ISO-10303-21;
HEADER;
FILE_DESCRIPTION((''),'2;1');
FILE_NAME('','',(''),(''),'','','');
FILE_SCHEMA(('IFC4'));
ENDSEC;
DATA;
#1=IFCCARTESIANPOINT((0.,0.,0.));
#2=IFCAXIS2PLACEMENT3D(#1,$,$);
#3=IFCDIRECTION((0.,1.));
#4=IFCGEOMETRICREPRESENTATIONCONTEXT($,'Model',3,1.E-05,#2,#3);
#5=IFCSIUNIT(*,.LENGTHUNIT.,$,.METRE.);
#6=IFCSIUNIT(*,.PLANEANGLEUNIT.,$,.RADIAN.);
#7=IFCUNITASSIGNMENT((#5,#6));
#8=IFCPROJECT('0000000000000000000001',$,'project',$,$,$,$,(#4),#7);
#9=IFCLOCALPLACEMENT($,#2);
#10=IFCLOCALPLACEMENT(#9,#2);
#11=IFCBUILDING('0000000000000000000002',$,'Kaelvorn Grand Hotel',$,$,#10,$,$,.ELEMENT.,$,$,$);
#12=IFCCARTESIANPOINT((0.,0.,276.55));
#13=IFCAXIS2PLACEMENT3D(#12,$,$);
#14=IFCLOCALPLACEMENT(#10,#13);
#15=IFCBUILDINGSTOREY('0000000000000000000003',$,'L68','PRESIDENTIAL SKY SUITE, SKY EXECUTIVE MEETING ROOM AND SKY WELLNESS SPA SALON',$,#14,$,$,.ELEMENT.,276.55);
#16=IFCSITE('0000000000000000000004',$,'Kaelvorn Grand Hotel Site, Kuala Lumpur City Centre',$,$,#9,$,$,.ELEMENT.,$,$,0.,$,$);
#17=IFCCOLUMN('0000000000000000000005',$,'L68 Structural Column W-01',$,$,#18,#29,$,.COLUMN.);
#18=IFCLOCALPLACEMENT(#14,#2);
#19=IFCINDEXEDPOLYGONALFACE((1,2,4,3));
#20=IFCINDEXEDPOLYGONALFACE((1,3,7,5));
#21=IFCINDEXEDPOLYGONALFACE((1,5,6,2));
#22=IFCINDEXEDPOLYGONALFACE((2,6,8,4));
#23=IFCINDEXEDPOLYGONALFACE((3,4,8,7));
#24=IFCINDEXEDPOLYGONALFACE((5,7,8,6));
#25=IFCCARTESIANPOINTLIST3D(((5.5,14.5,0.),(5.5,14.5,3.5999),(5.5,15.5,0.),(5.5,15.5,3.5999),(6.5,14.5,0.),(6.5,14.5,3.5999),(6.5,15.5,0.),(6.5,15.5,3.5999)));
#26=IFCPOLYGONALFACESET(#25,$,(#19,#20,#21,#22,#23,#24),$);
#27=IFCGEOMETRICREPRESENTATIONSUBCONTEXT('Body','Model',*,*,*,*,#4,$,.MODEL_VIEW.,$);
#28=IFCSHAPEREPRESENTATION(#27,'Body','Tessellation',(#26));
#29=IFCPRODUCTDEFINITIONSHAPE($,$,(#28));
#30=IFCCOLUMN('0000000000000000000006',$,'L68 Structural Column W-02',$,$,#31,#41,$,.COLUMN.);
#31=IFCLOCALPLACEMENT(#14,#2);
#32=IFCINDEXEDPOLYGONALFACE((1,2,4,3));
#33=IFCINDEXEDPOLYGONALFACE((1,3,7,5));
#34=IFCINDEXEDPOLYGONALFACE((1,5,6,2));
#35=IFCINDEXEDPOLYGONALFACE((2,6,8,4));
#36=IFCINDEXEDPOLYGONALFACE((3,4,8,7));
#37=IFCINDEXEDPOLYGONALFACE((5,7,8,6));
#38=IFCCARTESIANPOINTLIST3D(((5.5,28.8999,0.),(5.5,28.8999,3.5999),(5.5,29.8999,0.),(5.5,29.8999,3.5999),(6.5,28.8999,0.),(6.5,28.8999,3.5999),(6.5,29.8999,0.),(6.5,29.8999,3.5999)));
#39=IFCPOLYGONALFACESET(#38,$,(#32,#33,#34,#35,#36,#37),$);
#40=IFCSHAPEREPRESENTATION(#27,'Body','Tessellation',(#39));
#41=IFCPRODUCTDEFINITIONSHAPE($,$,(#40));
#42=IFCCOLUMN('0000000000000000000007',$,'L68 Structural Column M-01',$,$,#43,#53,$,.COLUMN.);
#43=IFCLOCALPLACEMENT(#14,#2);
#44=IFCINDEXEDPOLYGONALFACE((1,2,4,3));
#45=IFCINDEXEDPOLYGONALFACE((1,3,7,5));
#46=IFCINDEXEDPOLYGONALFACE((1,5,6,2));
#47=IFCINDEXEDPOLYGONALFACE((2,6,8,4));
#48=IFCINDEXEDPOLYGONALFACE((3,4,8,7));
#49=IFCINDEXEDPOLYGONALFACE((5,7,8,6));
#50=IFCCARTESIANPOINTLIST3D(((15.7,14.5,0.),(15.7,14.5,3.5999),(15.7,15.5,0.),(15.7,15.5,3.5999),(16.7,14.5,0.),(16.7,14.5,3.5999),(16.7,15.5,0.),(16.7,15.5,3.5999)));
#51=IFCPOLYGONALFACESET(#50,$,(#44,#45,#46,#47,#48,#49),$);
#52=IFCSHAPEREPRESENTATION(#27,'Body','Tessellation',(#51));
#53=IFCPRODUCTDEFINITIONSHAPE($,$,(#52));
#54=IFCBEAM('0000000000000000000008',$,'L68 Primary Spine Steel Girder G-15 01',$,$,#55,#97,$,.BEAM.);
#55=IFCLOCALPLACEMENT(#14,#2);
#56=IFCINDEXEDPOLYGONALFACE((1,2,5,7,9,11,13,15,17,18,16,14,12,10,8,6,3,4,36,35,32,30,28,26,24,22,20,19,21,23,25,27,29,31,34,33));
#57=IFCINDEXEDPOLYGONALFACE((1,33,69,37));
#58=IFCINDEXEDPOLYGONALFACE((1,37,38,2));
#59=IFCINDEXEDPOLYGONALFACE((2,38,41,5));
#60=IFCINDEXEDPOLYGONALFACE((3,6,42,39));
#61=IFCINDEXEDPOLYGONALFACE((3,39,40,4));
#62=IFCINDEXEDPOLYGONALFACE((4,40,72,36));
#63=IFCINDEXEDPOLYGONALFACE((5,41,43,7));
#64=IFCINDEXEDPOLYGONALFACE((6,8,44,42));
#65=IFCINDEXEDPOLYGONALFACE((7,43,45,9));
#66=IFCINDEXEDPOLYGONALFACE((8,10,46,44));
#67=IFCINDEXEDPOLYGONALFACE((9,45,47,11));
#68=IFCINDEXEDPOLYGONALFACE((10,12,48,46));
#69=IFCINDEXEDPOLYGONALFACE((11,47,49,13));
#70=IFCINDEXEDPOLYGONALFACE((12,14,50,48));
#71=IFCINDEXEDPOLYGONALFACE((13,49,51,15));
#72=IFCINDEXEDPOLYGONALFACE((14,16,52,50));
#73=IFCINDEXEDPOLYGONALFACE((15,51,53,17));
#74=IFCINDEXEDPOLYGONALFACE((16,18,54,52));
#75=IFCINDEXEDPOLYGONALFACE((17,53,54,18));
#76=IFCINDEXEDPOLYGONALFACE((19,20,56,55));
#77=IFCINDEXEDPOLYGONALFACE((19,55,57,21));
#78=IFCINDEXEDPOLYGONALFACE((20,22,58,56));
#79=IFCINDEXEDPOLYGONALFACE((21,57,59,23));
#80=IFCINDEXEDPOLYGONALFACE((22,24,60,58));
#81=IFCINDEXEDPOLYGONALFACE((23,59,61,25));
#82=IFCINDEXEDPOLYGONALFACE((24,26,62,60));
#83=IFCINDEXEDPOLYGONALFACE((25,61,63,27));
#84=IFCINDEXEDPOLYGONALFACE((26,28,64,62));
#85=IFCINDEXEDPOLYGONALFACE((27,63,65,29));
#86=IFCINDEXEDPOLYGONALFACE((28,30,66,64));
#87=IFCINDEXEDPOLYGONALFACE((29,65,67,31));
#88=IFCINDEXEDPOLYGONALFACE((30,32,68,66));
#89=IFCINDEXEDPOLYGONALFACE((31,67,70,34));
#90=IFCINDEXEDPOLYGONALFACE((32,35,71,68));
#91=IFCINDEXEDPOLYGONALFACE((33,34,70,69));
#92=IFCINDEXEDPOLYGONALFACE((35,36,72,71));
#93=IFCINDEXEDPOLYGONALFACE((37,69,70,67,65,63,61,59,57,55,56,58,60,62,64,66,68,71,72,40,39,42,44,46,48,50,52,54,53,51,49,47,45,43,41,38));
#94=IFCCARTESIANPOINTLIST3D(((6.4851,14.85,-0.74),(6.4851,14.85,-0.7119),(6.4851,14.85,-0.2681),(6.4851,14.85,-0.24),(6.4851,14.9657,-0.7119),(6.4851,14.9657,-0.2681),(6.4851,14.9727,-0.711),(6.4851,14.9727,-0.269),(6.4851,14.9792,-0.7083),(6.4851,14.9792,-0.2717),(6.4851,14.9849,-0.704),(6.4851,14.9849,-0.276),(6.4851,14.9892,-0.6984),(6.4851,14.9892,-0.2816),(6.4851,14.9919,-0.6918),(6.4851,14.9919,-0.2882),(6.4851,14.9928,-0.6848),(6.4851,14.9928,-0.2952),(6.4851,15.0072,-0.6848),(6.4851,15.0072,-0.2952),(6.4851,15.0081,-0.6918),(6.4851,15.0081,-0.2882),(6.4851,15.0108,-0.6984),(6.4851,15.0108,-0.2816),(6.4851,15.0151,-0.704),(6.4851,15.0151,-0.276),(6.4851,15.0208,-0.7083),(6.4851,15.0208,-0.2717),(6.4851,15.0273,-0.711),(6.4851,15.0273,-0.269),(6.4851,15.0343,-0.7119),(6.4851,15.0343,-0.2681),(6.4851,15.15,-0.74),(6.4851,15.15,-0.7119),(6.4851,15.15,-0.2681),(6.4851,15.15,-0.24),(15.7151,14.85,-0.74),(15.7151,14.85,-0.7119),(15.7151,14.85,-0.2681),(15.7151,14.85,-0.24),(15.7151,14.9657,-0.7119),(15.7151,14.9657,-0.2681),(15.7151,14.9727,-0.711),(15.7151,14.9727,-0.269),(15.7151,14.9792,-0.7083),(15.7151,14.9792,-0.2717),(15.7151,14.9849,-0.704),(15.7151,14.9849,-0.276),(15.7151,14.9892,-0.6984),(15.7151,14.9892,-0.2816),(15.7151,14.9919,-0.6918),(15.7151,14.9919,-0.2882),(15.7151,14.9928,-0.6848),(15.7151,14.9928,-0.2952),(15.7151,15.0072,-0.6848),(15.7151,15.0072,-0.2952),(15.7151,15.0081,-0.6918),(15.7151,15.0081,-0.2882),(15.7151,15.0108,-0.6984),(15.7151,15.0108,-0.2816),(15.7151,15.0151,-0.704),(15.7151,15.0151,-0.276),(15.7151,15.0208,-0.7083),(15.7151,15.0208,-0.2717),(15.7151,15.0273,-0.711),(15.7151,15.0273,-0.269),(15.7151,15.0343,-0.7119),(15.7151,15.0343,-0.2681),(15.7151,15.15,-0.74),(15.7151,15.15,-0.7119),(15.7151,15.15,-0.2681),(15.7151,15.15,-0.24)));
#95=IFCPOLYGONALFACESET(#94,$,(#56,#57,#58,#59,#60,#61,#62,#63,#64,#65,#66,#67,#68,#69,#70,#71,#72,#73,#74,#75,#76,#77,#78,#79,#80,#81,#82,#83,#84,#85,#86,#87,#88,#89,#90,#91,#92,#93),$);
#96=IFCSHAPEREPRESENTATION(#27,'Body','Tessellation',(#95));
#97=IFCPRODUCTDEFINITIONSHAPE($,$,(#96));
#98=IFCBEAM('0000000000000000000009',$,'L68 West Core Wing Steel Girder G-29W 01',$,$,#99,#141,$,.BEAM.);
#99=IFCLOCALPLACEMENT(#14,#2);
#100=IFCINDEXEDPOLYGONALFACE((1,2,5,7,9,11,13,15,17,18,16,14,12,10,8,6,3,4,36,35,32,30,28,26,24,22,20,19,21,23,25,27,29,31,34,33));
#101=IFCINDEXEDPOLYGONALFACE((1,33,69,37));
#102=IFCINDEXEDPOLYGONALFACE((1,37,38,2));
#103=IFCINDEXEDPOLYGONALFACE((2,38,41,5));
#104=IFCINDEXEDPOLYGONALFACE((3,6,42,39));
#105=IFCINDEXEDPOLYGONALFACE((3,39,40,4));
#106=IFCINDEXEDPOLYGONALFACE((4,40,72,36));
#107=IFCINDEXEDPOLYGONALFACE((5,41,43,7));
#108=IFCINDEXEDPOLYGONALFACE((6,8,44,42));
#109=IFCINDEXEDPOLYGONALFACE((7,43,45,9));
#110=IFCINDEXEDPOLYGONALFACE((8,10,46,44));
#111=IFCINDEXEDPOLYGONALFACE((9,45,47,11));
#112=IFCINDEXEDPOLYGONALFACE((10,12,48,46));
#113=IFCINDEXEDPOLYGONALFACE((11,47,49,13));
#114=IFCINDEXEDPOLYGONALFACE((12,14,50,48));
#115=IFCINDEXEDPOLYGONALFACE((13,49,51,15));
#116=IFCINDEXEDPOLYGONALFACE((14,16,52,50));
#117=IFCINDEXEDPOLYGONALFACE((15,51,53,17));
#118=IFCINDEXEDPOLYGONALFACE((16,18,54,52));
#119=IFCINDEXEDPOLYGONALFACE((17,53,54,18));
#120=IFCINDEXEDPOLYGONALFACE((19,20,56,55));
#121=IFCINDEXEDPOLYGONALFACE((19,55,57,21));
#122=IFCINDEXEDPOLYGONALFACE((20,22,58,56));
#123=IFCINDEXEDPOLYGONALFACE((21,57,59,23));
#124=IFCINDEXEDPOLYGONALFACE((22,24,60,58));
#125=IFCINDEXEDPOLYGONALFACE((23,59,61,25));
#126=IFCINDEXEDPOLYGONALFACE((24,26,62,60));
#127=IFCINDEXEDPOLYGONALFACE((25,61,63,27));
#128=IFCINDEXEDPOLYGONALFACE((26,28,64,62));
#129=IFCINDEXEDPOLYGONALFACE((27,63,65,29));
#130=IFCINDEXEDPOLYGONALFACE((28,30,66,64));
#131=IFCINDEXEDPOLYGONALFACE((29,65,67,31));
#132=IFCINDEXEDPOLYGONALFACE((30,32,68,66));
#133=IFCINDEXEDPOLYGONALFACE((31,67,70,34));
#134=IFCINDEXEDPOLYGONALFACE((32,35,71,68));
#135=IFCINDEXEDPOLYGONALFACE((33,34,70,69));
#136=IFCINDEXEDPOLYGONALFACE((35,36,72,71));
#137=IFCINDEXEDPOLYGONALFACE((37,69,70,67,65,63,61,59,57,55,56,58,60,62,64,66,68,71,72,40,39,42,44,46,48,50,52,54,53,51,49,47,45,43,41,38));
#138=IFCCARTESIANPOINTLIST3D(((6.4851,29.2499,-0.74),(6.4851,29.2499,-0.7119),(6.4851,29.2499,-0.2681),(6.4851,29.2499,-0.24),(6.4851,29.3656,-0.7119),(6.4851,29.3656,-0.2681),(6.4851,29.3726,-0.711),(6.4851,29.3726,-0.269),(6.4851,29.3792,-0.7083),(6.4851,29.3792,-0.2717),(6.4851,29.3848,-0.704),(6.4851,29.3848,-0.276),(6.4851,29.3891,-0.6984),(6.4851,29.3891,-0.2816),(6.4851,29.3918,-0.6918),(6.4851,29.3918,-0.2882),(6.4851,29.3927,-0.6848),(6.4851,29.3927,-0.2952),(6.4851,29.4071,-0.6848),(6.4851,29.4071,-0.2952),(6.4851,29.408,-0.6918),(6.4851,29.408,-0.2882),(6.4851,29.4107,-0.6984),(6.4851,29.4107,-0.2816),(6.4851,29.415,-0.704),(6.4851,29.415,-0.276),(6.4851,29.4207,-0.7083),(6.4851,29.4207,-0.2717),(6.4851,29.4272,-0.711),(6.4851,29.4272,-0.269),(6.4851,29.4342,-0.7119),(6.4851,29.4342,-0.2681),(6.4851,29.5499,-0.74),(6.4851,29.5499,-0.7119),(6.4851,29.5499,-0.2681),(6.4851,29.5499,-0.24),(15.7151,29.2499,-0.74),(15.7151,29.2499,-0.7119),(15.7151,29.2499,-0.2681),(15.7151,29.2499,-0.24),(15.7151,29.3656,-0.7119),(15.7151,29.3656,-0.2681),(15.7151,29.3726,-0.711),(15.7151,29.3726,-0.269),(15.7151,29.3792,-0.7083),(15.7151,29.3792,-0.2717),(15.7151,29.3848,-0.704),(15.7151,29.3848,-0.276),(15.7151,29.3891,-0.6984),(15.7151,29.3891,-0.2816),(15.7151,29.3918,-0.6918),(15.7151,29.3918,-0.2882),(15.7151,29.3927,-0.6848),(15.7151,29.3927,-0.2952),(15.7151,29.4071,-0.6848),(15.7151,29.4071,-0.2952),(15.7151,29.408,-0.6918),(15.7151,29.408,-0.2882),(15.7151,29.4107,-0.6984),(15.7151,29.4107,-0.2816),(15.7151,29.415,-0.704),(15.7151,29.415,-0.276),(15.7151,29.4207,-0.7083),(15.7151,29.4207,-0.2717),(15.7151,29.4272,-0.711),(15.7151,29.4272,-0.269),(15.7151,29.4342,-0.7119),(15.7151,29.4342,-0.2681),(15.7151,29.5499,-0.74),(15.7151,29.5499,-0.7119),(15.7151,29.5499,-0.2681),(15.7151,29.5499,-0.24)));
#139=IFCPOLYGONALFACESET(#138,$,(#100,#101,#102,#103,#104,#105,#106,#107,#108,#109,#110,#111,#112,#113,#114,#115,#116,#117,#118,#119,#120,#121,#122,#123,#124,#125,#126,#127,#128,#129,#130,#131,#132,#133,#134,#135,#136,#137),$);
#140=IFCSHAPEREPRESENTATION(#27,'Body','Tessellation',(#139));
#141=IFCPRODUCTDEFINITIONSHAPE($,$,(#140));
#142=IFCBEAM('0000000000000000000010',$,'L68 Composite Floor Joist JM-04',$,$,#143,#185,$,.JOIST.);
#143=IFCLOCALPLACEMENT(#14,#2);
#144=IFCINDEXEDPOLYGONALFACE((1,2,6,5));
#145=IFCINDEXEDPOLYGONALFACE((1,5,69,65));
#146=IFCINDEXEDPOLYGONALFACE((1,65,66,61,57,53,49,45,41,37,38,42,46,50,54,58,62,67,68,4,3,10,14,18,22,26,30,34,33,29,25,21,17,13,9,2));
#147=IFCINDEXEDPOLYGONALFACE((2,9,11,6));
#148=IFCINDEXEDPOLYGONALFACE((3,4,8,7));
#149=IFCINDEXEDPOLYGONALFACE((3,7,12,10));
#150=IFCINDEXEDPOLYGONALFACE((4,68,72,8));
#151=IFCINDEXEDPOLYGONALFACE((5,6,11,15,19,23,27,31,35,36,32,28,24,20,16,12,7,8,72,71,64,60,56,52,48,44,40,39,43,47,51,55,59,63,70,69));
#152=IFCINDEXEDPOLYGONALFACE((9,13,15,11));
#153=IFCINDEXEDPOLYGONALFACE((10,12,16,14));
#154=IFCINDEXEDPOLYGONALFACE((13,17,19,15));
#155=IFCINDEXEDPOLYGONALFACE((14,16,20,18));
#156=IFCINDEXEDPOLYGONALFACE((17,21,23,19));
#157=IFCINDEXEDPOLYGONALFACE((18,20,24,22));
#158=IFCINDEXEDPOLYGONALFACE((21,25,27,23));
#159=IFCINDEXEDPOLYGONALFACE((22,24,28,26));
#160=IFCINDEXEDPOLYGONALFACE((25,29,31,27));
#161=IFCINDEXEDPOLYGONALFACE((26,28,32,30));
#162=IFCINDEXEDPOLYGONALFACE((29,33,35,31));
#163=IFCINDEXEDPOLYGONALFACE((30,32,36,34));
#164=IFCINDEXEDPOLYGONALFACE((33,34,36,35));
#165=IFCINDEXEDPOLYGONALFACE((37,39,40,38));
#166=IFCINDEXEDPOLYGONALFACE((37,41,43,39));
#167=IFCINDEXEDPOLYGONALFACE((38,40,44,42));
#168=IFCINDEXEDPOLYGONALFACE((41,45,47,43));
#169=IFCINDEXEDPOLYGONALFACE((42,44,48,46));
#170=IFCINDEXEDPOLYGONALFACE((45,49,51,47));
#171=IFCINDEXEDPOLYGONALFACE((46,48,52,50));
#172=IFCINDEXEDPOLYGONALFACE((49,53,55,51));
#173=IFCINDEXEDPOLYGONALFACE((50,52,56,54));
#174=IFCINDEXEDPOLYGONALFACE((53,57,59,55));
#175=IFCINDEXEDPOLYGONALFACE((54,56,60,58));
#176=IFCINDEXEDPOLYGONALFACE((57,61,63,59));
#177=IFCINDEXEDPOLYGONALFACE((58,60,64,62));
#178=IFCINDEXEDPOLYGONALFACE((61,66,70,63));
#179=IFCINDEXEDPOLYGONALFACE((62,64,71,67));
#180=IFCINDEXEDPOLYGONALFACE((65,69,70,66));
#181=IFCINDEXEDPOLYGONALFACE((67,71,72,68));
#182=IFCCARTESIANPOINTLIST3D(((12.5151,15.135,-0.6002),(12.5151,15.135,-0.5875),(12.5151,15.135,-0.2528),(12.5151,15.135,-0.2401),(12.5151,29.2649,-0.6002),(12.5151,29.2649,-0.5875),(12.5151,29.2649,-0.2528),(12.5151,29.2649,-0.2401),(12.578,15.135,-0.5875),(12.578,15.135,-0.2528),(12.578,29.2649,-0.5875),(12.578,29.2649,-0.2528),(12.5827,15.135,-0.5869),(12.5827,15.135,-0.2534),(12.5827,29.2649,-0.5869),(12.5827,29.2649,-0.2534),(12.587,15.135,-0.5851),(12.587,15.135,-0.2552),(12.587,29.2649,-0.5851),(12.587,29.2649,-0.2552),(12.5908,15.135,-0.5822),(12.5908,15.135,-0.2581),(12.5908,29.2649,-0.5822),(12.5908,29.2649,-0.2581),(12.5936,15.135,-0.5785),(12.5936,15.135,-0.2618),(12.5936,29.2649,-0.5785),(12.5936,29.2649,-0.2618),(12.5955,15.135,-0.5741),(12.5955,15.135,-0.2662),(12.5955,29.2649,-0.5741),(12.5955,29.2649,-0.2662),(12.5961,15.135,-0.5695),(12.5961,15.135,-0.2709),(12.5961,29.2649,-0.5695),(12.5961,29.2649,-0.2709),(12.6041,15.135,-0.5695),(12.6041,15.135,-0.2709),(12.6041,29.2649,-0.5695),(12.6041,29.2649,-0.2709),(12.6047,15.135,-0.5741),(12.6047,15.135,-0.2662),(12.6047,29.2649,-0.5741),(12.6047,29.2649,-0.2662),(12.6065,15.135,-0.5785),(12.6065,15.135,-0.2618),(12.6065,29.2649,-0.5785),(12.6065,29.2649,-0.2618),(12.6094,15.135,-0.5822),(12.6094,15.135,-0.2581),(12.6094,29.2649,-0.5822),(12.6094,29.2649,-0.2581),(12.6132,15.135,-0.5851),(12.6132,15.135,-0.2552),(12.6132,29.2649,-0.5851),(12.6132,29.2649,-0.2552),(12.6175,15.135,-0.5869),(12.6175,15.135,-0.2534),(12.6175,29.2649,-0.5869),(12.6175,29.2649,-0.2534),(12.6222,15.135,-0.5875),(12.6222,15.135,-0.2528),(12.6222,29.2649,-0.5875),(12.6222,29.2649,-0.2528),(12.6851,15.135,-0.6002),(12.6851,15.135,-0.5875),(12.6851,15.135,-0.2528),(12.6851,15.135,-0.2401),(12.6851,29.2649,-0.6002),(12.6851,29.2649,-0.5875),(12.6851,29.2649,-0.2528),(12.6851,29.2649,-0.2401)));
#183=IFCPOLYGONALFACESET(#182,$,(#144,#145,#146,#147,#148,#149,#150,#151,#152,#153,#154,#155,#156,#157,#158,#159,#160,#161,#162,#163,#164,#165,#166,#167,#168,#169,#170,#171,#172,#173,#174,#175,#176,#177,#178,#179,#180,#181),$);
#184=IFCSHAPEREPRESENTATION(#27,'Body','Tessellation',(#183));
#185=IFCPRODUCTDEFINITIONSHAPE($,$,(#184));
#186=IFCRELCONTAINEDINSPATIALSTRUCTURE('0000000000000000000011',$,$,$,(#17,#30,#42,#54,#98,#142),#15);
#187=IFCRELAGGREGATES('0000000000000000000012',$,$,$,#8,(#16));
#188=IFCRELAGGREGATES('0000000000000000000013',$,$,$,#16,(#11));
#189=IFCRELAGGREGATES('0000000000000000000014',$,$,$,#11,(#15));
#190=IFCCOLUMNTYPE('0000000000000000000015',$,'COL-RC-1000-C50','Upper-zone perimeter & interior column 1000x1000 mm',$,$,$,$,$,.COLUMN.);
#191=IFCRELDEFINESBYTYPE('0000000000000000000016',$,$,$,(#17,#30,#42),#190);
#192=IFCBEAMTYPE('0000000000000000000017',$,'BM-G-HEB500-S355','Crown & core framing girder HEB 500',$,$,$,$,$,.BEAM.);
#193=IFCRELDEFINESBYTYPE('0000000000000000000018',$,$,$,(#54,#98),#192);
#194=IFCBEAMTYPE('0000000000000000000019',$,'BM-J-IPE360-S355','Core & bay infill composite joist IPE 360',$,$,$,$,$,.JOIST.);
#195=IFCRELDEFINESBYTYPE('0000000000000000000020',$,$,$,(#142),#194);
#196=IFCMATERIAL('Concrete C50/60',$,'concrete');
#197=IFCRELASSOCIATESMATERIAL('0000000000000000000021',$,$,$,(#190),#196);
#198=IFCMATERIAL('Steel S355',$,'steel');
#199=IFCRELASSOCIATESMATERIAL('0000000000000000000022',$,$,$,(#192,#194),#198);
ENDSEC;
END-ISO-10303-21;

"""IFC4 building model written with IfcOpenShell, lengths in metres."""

from ifc_helpers import new_model, si_unit, direction, frame, origin, origin_2d, place, context, subcontext, project, spatial, rectangle, i_section, extrude, material, material_profile, profile_set, type_object, element, save


model = new_model("IFC4")

# Units and contexts
model_context = context("Model", 3, precision=1e-05, world=origin(), true_north=direction((0.0, 1.0)))
body_context = subcontext(model_context, "Body", "Model", "MODEL_VIEW")
ifc_project = project(units=[si_unit("LENGTHUNIT", "METRE"), si_unit("PLANEANGLEUNIT", "RADIAN")], contexts=[model_context])

# Site, building, storey
site_placement = place(None, origin())
site = spatial("IfcSite", under=ifc_project, at=site_placement, Name="Kaelvorn Grand Hotel Site, Kuala Lumpur City Centre", CompositionType="ELEMENT", RefElevation=0.0)
building_placement = place(site_placement, origin())
building = spatial("IfcBuilding", under=site, at=building_placement, Name="Kaelvorn Grand Hotel", CompositionType="ELEMENT")
storey_placement = place(building_placement, frame((0.0, 0.0, 276.55)))
storey = spatial("IfcBuildingStorey", under=building, at=storey_placement, Name="L68", Description="PRESIDENTIAL SKY SUITE, SKY EXECUTIVE MEETING ROOM AND SKY WELLNESS SPA SALON", CompositionType="ELEMENT", Elevation=276.55)

# Columns
ifc_material_1 = material(Name="Concrete C50/60", Category="concrete")
ifc_material_profile_1 = material_profile(ifc_material_1, rectangle(XDim=1.0, YDim=1.0, at=origin_2d()), Name="RC COL 1000x1000")
ifc_profile_set_1 = profile_set([ifc_material_profile_1], Name="Concrete C50/60")
column_type = type_object("IfcColumnType", Name="COL-RC-1000-C50", Description="Upper-zone perimeter & interior column 1000x1000 mm", PredefinedType="COLUMN", material=ifc_profile_set_1)
for number, where, z_axis, x_axis, name in (
    (1, (6.0, 15.0, 0.0), (0.0, 0.0, 1.0), (1.0, 0.0, 0.0), "L68 Structural Column W-01"),
    (2, (6.0, 29.3999, 0.0), (0.0, 0.0, 1.0), (1.0, 0.0, 0.0), "L68 Structural Column W-02"),
    (3, (16.2, 15.0, 0.0), (0.0, 0.0, 1.0), (1.0, 0.0, 0.0), "L68 Structural Column M-01"),
):
    element("IfcColumn", number, at=place(storey_placement, frame(where, z_axis=z_axis, x_axis=x_axis)), inside=storey, type_object=column_type, Name=name, PredefinedType="COLUMN", context=body_context, shape_type="SweptSolid", body=[
        extrude(rectangle(XDim=1.0, YDim=1.0, at=origin_2d()), origin(), (0.0, 0.0, 1.0), 3.5999),
    ])

# Beams
ifc_material_2 = material(Name="Steel S355", Category="steel")
ifc_material_profile_2 = material_profile(ifc_material_2, i_section(OverallWidth=0.3, OverallDepth=0.5, WebThickness=0.0144, FlangeThickness=0.0281, FilletRadius=0.0271, at=origin_2d()), Name="HEB 500")
ifc_profile_set_2 = profile_set([ifc_material_profile_2], Name="Steel S355")
beam_type_1 = type_object("IfcBeamType", Name="BM-G-HEB500-S355", Description="Crown & core framing girder HEB 500", PredefinedType="BEAM", material=ifc_profile_set_2)
for number, where, z_axis, x_axis, name in (
    (4, (6.4851, 15.0, -0.49), (1.0, 0.0, 0.0), (0.0, 1.0, 0.0), "L68 Primary Spine Steel Girder G-15 01"),
    (5, (6.4851, 29.3999, -0.49), (1.0, 0.0, 0.0), (0.0, 1.0, 0.0), "L68 West Core Wing Steel Girder G-29W 01"),
):
    element("IfcBeam", number, at=place(storey_placement, frame(where, z_axis=z_axis, x_axis=x_axis)), inside=storey, type_object=beam_type_1, Name=name, PredefinedType="BEAM", context=body_context, shape_type="SweptSolid", body=[
        extrude(i_section(OverallWidth=0.3, OverallDepth=0.5, WebThickness=0.0144, FlangeThickness=0.0281, FilletRadius=0.0271, at=origin_2d()), origin(), (0.0, 0.0, 1.0), 9.23),
    ])
ifc_material_profile_3 = material_profile(ifc_material_2, i_section(OverallWidth=0.1699, OverallDepth=0.3601, WebThickness=0.0081, FlangeThickness=0.0127, FilletRadius=0.0181, at=origin_2d()), Name="IPE 360")
ifc_profile_set_3 = profile_set([ifc_material_profile_3], Name="Steel S355")
beam_type_2 = type_object("IfcBeamType", Name="BM-J-IPE360-S355", Description="Core & bay infill composite joist IPE 360", PredefinedType="JOIST", material=ifc_profile_set_3)
beam_1_placement = place(storey_placement, frame((12.6001, 15.135, -0.4202), z_axis=(0.0, 1.0, 0.0), x_axis=(-1.0, 0.0, 0.0)))
element("IfcBeam", 6, at=beam_1_placement, inside=storey, type_object=beam_type_2, Name="L68 Composite Floor Joist JM-04", PredefinedType="JOIST", context=body_context, shape_type="SweptSolid", body=[
    extrude(i_section(OverallWidth=0.1699, OverallDepth=0.3601, WebThickness=0.0081, FlangeThickness=0.0127, FilletRadius=0.0181, at=origin_2d()), origin(), (0.0, 0.0, 1.0), 14.1299),
])

save(model, "model.ifc")
